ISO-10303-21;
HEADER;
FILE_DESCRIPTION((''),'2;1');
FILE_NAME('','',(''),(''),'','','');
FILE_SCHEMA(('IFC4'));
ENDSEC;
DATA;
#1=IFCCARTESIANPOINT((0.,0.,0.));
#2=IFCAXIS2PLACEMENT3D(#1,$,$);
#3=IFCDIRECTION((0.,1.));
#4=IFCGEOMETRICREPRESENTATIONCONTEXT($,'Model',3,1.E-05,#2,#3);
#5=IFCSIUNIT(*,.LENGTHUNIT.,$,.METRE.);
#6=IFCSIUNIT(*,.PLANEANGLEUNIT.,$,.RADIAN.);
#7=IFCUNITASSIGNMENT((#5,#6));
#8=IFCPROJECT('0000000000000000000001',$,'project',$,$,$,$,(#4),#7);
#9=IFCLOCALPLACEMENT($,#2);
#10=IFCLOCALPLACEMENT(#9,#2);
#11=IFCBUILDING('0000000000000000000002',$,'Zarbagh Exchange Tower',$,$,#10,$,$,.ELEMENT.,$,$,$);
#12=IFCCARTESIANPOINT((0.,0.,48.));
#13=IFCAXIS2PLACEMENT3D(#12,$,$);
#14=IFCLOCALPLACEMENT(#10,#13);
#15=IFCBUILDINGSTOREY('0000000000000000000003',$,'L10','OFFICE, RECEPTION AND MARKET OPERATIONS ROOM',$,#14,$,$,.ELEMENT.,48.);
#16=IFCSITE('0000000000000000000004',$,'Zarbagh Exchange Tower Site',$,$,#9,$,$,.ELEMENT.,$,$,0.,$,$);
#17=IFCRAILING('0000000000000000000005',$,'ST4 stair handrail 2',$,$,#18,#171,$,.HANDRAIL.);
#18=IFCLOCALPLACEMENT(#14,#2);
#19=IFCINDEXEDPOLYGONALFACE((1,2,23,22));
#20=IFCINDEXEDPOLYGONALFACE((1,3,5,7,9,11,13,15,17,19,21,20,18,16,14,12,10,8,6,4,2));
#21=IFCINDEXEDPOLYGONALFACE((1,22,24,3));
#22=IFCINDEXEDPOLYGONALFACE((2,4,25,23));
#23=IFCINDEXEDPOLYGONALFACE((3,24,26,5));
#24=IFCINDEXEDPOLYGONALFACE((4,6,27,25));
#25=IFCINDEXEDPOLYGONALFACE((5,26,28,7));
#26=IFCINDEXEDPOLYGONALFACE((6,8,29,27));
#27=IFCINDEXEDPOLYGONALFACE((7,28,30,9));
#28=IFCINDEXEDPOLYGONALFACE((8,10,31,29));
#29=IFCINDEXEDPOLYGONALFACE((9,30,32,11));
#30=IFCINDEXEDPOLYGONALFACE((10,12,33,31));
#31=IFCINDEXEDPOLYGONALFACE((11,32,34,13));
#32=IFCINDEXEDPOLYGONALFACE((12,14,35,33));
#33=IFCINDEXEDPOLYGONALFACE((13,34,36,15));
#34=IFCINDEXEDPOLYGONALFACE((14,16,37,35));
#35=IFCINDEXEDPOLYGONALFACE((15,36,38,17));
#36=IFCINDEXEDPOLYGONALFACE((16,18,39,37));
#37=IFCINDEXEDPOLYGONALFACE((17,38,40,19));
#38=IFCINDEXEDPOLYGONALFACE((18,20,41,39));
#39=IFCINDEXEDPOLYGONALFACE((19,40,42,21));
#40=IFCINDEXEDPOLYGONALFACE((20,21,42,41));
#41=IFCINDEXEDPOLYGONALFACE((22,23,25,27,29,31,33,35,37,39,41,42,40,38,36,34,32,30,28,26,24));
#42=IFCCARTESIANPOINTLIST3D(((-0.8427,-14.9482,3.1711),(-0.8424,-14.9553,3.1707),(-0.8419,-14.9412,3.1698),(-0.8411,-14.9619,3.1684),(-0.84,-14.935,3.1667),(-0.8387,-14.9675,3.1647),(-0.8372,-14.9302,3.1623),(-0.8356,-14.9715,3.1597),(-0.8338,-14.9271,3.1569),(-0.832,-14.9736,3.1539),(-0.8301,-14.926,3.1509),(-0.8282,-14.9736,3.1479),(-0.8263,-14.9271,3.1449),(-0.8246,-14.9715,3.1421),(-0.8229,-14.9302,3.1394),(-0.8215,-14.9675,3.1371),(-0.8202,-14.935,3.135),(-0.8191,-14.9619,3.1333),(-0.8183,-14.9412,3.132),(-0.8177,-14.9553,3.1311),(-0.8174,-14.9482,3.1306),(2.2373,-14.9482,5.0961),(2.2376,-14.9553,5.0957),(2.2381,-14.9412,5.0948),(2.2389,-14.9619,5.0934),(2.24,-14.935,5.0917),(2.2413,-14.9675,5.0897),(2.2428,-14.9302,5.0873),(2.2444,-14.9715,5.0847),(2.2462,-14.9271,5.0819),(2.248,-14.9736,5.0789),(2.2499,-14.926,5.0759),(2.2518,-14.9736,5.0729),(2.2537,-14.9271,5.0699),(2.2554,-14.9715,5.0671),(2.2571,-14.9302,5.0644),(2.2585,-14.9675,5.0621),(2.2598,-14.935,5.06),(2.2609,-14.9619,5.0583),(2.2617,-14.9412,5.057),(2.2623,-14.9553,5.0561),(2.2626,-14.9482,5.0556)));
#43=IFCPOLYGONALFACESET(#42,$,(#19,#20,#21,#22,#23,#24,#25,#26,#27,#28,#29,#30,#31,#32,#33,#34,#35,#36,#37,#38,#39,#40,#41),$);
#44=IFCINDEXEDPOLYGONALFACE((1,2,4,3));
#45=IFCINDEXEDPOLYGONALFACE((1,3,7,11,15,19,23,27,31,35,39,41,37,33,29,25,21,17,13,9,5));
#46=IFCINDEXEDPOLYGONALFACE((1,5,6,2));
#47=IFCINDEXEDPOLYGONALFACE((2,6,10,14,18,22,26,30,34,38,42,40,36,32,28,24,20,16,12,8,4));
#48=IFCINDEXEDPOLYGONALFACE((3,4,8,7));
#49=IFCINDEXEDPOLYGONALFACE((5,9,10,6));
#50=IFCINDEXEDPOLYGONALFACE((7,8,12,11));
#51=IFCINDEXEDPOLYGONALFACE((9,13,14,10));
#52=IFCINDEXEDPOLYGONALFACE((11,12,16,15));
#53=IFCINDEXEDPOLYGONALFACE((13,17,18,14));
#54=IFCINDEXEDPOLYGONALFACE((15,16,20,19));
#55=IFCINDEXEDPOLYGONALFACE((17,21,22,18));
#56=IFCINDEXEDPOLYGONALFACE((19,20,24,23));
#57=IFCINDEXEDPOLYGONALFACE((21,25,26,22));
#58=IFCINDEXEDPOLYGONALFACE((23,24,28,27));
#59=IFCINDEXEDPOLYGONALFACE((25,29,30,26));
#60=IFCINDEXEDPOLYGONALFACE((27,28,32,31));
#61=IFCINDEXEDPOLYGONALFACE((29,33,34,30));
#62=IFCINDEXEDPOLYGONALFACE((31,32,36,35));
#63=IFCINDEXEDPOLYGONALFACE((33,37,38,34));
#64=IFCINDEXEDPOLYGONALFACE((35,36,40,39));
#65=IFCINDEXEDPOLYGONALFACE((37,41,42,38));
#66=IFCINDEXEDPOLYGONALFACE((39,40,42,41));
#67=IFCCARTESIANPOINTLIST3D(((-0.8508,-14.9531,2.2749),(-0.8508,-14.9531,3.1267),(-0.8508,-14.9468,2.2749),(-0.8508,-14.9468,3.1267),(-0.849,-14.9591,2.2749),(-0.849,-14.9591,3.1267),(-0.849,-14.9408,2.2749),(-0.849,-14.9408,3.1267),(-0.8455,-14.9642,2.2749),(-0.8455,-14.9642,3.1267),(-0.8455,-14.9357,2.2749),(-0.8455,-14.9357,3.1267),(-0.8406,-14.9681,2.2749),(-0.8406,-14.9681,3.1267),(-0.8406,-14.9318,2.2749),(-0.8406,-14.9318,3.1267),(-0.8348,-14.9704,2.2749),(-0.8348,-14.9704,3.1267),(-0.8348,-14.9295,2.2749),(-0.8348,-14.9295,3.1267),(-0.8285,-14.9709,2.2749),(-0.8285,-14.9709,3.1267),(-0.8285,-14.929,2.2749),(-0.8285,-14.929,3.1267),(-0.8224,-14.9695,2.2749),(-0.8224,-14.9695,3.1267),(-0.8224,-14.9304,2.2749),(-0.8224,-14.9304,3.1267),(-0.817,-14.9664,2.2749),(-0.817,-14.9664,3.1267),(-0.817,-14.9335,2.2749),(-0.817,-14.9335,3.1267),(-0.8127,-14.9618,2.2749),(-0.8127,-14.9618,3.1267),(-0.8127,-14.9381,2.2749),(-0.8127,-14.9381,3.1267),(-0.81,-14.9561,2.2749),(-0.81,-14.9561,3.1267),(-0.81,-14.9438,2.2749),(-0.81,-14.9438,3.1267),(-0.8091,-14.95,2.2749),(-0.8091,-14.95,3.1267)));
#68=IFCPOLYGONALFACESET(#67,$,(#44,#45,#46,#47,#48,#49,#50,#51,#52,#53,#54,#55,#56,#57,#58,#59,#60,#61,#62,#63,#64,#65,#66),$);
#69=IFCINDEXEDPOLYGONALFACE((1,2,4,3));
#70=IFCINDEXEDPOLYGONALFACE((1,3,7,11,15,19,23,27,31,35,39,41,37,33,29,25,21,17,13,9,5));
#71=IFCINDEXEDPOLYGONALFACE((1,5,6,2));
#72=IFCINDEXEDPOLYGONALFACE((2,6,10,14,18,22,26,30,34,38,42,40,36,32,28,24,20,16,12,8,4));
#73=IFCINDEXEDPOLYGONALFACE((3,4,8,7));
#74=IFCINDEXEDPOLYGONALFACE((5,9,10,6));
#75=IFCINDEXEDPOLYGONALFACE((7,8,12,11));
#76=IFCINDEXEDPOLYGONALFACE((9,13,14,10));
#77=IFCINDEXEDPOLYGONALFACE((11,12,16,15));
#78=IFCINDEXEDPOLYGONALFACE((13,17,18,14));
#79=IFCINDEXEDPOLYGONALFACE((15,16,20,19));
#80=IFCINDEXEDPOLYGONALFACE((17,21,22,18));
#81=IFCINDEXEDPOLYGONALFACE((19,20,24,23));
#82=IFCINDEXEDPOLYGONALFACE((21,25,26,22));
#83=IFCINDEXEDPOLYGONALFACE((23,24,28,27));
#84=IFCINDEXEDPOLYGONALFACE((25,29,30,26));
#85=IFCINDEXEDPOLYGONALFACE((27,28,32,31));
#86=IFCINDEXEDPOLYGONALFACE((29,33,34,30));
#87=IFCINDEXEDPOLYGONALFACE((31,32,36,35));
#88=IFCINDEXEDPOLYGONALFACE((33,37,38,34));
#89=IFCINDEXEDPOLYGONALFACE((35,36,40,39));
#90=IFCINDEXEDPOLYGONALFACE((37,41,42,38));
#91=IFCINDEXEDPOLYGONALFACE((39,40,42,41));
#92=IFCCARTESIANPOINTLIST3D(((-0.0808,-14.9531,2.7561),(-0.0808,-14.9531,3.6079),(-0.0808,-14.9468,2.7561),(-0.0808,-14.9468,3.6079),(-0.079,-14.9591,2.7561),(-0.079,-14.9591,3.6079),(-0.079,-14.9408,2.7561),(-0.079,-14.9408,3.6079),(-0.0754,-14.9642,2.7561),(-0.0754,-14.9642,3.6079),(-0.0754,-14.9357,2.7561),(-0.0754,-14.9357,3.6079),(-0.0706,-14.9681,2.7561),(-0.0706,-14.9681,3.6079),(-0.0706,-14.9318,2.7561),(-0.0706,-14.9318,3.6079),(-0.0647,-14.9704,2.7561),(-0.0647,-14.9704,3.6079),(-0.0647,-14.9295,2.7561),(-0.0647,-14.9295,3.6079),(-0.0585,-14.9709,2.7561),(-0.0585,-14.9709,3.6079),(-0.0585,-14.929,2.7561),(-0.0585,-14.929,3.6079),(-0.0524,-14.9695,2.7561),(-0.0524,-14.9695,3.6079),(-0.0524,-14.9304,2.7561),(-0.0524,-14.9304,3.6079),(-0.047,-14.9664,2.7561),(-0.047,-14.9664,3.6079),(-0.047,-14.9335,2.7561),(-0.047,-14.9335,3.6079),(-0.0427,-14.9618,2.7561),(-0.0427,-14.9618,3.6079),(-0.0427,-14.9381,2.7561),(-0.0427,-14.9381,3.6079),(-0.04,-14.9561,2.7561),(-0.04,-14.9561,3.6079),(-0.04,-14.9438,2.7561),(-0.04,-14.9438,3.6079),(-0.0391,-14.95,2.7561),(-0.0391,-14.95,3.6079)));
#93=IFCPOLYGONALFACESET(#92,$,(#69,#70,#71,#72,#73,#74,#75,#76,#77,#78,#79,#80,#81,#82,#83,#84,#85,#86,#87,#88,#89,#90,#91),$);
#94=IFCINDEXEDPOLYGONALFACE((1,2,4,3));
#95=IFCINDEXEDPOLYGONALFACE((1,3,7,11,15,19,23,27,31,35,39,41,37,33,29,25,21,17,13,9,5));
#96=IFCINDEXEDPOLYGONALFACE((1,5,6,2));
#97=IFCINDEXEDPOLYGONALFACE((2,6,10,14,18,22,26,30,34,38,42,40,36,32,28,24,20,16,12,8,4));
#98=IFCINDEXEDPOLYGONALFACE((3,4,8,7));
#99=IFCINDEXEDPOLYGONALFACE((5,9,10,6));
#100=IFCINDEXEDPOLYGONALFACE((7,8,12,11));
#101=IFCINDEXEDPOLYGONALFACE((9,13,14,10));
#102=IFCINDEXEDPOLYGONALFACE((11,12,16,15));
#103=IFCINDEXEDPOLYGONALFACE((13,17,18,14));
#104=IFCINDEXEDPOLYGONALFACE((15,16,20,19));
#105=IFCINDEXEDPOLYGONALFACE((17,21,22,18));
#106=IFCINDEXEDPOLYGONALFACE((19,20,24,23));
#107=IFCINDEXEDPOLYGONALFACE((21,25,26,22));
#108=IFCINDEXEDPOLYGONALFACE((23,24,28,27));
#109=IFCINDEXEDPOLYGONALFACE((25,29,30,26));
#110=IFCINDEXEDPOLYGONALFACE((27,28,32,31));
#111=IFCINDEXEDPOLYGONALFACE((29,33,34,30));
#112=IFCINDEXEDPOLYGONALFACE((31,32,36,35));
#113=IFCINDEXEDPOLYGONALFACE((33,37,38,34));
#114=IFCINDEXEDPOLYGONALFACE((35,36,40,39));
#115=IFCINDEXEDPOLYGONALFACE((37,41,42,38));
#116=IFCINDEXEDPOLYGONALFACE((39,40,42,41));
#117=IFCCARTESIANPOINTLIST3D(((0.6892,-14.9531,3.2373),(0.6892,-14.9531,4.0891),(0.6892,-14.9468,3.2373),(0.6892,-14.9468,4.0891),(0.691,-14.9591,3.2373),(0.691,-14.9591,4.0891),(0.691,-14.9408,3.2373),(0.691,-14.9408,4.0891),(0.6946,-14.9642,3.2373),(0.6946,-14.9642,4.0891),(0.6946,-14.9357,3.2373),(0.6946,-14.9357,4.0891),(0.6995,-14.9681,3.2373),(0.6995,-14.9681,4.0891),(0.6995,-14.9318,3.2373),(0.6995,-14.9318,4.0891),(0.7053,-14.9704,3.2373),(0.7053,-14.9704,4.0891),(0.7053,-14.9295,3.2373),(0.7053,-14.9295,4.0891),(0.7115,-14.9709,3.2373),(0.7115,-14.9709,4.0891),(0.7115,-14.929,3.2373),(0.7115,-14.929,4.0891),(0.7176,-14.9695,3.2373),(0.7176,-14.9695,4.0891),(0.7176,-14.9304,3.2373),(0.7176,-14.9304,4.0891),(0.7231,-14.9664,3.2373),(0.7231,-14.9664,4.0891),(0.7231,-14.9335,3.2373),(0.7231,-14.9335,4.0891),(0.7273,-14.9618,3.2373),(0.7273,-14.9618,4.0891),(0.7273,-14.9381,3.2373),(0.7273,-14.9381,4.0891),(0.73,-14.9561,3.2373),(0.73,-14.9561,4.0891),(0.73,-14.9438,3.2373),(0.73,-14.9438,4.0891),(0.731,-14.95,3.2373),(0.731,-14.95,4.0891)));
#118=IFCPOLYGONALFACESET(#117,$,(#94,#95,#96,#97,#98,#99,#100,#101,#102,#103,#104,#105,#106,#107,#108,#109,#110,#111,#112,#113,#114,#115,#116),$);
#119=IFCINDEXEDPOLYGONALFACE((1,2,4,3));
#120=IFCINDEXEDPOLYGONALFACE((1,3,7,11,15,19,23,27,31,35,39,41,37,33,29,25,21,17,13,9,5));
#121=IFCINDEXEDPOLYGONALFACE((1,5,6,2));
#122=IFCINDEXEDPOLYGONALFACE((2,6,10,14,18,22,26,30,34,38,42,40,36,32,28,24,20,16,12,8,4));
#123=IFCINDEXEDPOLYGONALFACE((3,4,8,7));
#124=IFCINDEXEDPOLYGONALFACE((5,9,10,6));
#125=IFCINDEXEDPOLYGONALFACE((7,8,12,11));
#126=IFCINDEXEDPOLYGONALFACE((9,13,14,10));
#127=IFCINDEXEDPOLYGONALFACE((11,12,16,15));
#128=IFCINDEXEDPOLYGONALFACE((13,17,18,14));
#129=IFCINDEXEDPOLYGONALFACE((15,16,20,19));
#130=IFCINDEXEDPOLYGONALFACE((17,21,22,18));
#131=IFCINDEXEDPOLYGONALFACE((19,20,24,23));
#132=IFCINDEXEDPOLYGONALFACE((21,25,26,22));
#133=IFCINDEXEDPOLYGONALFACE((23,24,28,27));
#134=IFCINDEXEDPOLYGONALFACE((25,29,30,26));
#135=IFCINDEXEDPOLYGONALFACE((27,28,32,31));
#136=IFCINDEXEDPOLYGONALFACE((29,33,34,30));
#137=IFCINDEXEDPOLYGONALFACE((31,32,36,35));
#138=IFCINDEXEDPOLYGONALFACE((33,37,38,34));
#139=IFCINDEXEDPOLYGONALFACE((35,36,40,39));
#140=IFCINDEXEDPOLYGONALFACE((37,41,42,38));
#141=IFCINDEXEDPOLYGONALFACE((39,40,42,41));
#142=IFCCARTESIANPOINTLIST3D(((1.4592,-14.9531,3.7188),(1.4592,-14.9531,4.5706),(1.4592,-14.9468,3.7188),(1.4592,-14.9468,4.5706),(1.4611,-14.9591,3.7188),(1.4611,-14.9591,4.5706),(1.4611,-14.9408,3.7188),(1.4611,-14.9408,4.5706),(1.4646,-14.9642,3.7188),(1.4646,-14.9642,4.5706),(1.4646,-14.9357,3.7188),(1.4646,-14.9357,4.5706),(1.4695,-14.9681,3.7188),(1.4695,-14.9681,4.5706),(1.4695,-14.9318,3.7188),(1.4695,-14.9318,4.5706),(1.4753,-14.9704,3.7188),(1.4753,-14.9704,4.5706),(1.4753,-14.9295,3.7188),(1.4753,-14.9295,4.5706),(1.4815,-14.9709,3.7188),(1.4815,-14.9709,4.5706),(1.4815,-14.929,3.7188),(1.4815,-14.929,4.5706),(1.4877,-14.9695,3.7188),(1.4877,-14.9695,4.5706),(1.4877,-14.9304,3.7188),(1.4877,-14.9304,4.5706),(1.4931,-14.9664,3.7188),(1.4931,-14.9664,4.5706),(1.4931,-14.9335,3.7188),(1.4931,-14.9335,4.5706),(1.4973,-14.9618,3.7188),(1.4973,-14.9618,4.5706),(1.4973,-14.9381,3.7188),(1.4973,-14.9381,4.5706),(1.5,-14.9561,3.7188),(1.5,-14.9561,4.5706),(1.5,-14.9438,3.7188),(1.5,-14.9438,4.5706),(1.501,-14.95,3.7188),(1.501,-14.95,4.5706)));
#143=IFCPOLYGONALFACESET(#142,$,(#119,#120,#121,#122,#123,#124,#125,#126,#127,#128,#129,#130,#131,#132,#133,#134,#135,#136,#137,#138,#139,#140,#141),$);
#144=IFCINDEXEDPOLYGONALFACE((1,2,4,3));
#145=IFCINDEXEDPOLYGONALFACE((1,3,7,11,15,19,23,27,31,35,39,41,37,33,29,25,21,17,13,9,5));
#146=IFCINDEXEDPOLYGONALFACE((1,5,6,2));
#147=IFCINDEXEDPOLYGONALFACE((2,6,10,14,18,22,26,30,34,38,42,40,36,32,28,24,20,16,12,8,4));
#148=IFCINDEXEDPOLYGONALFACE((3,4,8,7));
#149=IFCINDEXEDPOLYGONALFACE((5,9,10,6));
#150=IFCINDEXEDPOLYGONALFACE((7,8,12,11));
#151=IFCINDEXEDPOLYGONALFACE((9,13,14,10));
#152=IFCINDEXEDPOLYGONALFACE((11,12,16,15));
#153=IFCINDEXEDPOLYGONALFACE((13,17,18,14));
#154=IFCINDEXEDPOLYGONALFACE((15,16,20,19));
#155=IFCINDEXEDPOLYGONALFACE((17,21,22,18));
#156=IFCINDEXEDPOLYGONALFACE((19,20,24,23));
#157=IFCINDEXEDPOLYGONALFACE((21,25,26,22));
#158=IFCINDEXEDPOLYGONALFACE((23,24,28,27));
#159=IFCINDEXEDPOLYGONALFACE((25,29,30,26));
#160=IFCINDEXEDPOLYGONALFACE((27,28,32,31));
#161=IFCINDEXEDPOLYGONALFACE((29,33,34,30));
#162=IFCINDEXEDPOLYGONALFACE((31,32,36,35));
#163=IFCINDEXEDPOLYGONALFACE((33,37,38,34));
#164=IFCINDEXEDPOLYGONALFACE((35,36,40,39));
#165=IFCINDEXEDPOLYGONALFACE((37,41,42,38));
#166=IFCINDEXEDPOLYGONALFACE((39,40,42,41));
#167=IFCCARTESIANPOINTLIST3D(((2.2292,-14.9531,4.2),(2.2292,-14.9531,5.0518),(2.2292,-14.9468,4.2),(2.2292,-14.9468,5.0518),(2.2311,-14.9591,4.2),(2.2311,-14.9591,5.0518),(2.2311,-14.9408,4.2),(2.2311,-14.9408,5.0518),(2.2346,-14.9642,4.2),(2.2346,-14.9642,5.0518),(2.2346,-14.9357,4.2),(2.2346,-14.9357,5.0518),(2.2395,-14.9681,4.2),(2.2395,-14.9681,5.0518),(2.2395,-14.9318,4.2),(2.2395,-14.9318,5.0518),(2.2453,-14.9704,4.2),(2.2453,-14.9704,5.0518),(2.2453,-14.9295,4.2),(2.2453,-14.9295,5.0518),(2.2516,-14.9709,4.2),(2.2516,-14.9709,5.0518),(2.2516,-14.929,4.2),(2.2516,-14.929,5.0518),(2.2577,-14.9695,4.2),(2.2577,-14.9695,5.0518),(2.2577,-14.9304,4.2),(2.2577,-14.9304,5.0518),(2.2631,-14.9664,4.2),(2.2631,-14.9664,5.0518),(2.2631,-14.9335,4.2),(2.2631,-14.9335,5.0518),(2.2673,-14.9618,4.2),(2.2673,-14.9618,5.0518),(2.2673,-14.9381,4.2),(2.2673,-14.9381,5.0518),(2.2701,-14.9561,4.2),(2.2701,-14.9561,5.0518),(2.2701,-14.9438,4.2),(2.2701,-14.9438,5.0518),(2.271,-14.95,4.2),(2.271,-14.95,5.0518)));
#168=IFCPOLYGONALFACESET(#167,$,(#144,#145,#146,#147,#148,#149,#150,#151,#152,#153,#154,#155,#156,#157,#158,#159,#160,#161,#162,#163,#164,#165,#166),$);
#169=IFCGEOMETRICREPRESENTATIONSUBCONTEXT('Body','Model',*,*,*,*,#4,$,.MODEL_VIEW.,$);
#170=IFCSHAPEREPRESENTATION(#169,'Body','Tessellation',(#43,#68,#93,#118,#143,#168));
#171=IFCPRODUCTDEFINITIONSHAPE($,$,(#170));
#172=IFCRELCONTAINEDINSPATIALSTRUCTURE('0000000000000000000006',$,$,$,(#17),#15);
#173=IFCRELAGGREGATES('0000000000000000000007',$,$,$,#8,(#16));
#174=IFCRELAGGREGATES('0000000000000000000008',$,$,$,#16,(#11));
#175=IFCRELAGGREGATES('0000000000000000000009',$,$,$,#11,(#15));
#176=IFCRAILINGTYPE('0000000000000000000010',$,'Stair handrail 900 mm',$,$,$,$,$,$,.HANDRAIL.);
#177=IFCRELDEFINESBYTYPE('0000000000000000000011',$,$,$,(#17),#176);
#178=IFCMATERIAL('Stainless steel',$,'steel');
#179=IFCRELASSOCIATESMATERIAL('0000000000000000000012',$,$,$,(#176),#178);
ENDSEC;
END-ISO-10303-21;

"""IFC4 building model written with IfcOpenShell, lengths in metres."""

from ifc_helpers import new_model, si_unit, direction, frame, origin, origin_2d, place, context, subcontext, project, spatial, circle, extrude, material, type_object, element, save


model = new_model("IFC4")

# Units and contexts
model_context = context("Model", 3, precision=1e-05, world=origin(), true_north=direction((0.0, 1.0)))
body_context = subcontext(model_context, "Body", "Model", "MODEL_VIEW")
ifc_project = project(units=[si_unit("LENGTHUNIT", "METRE"), si_unit("PLANEANGLEUNIT", "RADIAN")], contexts=[model_context])

# Site, building, storey
site_placement = place(None, origin())
site = spatial("IfcSite", under=ifc_project, at=site_placement, Name="Zarbagh Exchange Tower Site", CompositionType="ELEMENT", RefElevation=0.0)
building_placement = place(site_placement, origin())
building = spatial("IfcBuilding", under=site, at=building_placement, Name="Zarbagh Exchange Tower", CompositionType="ELEMENT")
storey_placement = place(building_placement, frame((0.0, 0.0, 48.0)))
storey = spatial("IfcBuildingStorey", under=building, at=storey_placement, Name="L10", Description="OFFICE, RECEPTION AND MARKET OPERATIONS ROOM", CompositionType="ELEMENT", Elevation=48.0)

# Shared definitions
ifc_material_1 = material(Name="Stainless steel", Category="steel")

# Railing
railing_type_1 = type_object("IfcRailingType", Name="Stair handrail 900 mm", PredefinedType="HANDRAIL", material=ifc_material_1)
for number, where, name in (
    (1, (-0.8301, -14.95, 2.2749), "ST4 stair handrail 2"),
):
    element("IfcRailing", number, at=place(storey_placement, frame(where)), inside=storey, type_object=railing_type_1, Name=name, PredefinedType="HANDRAIL", context=body_context, shape_type="SweptSolid", body=[
        extrude(circle(Radius=0.0239, at=origin_2d()), frame((0.0, 0.0, 0.876), z_axis=(0.847998, 0.0, 0.529999), x_axis=(0.0, 1.0, 0.0)), (0.0, 0.0, 1.0), 3.6321),
        extrude(circle(Radius=0.021, at=origin_2d()), origin(), (0.0, 0.0, 1.0), 0.8518),
        extrude(circle(Radius=0.021, at=origin_2d()), frame((0.77, 0.0, 0.4812)), (0.0, 0.0, 1.0), 0.8518),
        extrude(circle(Radius=0.021, at=origin_2d()), frame((1.54, 0.0, 0.9624)), (0.0, 0.0, 1.0), 0.8518),
        extrude(circle(Radius=0.021, at=origin_2d()), frame((2.3101, 0.0, 1.4438)), (0.0, 0.0, 1.0), 0.8518),
        extrude(circle(Radius=0.021, at=origin_2d()), frame((3.0801, 0.0, 1.925)), (0.0, 0.0, 1.0), 0.8518),
    ])

save(model, "model.ifc")
